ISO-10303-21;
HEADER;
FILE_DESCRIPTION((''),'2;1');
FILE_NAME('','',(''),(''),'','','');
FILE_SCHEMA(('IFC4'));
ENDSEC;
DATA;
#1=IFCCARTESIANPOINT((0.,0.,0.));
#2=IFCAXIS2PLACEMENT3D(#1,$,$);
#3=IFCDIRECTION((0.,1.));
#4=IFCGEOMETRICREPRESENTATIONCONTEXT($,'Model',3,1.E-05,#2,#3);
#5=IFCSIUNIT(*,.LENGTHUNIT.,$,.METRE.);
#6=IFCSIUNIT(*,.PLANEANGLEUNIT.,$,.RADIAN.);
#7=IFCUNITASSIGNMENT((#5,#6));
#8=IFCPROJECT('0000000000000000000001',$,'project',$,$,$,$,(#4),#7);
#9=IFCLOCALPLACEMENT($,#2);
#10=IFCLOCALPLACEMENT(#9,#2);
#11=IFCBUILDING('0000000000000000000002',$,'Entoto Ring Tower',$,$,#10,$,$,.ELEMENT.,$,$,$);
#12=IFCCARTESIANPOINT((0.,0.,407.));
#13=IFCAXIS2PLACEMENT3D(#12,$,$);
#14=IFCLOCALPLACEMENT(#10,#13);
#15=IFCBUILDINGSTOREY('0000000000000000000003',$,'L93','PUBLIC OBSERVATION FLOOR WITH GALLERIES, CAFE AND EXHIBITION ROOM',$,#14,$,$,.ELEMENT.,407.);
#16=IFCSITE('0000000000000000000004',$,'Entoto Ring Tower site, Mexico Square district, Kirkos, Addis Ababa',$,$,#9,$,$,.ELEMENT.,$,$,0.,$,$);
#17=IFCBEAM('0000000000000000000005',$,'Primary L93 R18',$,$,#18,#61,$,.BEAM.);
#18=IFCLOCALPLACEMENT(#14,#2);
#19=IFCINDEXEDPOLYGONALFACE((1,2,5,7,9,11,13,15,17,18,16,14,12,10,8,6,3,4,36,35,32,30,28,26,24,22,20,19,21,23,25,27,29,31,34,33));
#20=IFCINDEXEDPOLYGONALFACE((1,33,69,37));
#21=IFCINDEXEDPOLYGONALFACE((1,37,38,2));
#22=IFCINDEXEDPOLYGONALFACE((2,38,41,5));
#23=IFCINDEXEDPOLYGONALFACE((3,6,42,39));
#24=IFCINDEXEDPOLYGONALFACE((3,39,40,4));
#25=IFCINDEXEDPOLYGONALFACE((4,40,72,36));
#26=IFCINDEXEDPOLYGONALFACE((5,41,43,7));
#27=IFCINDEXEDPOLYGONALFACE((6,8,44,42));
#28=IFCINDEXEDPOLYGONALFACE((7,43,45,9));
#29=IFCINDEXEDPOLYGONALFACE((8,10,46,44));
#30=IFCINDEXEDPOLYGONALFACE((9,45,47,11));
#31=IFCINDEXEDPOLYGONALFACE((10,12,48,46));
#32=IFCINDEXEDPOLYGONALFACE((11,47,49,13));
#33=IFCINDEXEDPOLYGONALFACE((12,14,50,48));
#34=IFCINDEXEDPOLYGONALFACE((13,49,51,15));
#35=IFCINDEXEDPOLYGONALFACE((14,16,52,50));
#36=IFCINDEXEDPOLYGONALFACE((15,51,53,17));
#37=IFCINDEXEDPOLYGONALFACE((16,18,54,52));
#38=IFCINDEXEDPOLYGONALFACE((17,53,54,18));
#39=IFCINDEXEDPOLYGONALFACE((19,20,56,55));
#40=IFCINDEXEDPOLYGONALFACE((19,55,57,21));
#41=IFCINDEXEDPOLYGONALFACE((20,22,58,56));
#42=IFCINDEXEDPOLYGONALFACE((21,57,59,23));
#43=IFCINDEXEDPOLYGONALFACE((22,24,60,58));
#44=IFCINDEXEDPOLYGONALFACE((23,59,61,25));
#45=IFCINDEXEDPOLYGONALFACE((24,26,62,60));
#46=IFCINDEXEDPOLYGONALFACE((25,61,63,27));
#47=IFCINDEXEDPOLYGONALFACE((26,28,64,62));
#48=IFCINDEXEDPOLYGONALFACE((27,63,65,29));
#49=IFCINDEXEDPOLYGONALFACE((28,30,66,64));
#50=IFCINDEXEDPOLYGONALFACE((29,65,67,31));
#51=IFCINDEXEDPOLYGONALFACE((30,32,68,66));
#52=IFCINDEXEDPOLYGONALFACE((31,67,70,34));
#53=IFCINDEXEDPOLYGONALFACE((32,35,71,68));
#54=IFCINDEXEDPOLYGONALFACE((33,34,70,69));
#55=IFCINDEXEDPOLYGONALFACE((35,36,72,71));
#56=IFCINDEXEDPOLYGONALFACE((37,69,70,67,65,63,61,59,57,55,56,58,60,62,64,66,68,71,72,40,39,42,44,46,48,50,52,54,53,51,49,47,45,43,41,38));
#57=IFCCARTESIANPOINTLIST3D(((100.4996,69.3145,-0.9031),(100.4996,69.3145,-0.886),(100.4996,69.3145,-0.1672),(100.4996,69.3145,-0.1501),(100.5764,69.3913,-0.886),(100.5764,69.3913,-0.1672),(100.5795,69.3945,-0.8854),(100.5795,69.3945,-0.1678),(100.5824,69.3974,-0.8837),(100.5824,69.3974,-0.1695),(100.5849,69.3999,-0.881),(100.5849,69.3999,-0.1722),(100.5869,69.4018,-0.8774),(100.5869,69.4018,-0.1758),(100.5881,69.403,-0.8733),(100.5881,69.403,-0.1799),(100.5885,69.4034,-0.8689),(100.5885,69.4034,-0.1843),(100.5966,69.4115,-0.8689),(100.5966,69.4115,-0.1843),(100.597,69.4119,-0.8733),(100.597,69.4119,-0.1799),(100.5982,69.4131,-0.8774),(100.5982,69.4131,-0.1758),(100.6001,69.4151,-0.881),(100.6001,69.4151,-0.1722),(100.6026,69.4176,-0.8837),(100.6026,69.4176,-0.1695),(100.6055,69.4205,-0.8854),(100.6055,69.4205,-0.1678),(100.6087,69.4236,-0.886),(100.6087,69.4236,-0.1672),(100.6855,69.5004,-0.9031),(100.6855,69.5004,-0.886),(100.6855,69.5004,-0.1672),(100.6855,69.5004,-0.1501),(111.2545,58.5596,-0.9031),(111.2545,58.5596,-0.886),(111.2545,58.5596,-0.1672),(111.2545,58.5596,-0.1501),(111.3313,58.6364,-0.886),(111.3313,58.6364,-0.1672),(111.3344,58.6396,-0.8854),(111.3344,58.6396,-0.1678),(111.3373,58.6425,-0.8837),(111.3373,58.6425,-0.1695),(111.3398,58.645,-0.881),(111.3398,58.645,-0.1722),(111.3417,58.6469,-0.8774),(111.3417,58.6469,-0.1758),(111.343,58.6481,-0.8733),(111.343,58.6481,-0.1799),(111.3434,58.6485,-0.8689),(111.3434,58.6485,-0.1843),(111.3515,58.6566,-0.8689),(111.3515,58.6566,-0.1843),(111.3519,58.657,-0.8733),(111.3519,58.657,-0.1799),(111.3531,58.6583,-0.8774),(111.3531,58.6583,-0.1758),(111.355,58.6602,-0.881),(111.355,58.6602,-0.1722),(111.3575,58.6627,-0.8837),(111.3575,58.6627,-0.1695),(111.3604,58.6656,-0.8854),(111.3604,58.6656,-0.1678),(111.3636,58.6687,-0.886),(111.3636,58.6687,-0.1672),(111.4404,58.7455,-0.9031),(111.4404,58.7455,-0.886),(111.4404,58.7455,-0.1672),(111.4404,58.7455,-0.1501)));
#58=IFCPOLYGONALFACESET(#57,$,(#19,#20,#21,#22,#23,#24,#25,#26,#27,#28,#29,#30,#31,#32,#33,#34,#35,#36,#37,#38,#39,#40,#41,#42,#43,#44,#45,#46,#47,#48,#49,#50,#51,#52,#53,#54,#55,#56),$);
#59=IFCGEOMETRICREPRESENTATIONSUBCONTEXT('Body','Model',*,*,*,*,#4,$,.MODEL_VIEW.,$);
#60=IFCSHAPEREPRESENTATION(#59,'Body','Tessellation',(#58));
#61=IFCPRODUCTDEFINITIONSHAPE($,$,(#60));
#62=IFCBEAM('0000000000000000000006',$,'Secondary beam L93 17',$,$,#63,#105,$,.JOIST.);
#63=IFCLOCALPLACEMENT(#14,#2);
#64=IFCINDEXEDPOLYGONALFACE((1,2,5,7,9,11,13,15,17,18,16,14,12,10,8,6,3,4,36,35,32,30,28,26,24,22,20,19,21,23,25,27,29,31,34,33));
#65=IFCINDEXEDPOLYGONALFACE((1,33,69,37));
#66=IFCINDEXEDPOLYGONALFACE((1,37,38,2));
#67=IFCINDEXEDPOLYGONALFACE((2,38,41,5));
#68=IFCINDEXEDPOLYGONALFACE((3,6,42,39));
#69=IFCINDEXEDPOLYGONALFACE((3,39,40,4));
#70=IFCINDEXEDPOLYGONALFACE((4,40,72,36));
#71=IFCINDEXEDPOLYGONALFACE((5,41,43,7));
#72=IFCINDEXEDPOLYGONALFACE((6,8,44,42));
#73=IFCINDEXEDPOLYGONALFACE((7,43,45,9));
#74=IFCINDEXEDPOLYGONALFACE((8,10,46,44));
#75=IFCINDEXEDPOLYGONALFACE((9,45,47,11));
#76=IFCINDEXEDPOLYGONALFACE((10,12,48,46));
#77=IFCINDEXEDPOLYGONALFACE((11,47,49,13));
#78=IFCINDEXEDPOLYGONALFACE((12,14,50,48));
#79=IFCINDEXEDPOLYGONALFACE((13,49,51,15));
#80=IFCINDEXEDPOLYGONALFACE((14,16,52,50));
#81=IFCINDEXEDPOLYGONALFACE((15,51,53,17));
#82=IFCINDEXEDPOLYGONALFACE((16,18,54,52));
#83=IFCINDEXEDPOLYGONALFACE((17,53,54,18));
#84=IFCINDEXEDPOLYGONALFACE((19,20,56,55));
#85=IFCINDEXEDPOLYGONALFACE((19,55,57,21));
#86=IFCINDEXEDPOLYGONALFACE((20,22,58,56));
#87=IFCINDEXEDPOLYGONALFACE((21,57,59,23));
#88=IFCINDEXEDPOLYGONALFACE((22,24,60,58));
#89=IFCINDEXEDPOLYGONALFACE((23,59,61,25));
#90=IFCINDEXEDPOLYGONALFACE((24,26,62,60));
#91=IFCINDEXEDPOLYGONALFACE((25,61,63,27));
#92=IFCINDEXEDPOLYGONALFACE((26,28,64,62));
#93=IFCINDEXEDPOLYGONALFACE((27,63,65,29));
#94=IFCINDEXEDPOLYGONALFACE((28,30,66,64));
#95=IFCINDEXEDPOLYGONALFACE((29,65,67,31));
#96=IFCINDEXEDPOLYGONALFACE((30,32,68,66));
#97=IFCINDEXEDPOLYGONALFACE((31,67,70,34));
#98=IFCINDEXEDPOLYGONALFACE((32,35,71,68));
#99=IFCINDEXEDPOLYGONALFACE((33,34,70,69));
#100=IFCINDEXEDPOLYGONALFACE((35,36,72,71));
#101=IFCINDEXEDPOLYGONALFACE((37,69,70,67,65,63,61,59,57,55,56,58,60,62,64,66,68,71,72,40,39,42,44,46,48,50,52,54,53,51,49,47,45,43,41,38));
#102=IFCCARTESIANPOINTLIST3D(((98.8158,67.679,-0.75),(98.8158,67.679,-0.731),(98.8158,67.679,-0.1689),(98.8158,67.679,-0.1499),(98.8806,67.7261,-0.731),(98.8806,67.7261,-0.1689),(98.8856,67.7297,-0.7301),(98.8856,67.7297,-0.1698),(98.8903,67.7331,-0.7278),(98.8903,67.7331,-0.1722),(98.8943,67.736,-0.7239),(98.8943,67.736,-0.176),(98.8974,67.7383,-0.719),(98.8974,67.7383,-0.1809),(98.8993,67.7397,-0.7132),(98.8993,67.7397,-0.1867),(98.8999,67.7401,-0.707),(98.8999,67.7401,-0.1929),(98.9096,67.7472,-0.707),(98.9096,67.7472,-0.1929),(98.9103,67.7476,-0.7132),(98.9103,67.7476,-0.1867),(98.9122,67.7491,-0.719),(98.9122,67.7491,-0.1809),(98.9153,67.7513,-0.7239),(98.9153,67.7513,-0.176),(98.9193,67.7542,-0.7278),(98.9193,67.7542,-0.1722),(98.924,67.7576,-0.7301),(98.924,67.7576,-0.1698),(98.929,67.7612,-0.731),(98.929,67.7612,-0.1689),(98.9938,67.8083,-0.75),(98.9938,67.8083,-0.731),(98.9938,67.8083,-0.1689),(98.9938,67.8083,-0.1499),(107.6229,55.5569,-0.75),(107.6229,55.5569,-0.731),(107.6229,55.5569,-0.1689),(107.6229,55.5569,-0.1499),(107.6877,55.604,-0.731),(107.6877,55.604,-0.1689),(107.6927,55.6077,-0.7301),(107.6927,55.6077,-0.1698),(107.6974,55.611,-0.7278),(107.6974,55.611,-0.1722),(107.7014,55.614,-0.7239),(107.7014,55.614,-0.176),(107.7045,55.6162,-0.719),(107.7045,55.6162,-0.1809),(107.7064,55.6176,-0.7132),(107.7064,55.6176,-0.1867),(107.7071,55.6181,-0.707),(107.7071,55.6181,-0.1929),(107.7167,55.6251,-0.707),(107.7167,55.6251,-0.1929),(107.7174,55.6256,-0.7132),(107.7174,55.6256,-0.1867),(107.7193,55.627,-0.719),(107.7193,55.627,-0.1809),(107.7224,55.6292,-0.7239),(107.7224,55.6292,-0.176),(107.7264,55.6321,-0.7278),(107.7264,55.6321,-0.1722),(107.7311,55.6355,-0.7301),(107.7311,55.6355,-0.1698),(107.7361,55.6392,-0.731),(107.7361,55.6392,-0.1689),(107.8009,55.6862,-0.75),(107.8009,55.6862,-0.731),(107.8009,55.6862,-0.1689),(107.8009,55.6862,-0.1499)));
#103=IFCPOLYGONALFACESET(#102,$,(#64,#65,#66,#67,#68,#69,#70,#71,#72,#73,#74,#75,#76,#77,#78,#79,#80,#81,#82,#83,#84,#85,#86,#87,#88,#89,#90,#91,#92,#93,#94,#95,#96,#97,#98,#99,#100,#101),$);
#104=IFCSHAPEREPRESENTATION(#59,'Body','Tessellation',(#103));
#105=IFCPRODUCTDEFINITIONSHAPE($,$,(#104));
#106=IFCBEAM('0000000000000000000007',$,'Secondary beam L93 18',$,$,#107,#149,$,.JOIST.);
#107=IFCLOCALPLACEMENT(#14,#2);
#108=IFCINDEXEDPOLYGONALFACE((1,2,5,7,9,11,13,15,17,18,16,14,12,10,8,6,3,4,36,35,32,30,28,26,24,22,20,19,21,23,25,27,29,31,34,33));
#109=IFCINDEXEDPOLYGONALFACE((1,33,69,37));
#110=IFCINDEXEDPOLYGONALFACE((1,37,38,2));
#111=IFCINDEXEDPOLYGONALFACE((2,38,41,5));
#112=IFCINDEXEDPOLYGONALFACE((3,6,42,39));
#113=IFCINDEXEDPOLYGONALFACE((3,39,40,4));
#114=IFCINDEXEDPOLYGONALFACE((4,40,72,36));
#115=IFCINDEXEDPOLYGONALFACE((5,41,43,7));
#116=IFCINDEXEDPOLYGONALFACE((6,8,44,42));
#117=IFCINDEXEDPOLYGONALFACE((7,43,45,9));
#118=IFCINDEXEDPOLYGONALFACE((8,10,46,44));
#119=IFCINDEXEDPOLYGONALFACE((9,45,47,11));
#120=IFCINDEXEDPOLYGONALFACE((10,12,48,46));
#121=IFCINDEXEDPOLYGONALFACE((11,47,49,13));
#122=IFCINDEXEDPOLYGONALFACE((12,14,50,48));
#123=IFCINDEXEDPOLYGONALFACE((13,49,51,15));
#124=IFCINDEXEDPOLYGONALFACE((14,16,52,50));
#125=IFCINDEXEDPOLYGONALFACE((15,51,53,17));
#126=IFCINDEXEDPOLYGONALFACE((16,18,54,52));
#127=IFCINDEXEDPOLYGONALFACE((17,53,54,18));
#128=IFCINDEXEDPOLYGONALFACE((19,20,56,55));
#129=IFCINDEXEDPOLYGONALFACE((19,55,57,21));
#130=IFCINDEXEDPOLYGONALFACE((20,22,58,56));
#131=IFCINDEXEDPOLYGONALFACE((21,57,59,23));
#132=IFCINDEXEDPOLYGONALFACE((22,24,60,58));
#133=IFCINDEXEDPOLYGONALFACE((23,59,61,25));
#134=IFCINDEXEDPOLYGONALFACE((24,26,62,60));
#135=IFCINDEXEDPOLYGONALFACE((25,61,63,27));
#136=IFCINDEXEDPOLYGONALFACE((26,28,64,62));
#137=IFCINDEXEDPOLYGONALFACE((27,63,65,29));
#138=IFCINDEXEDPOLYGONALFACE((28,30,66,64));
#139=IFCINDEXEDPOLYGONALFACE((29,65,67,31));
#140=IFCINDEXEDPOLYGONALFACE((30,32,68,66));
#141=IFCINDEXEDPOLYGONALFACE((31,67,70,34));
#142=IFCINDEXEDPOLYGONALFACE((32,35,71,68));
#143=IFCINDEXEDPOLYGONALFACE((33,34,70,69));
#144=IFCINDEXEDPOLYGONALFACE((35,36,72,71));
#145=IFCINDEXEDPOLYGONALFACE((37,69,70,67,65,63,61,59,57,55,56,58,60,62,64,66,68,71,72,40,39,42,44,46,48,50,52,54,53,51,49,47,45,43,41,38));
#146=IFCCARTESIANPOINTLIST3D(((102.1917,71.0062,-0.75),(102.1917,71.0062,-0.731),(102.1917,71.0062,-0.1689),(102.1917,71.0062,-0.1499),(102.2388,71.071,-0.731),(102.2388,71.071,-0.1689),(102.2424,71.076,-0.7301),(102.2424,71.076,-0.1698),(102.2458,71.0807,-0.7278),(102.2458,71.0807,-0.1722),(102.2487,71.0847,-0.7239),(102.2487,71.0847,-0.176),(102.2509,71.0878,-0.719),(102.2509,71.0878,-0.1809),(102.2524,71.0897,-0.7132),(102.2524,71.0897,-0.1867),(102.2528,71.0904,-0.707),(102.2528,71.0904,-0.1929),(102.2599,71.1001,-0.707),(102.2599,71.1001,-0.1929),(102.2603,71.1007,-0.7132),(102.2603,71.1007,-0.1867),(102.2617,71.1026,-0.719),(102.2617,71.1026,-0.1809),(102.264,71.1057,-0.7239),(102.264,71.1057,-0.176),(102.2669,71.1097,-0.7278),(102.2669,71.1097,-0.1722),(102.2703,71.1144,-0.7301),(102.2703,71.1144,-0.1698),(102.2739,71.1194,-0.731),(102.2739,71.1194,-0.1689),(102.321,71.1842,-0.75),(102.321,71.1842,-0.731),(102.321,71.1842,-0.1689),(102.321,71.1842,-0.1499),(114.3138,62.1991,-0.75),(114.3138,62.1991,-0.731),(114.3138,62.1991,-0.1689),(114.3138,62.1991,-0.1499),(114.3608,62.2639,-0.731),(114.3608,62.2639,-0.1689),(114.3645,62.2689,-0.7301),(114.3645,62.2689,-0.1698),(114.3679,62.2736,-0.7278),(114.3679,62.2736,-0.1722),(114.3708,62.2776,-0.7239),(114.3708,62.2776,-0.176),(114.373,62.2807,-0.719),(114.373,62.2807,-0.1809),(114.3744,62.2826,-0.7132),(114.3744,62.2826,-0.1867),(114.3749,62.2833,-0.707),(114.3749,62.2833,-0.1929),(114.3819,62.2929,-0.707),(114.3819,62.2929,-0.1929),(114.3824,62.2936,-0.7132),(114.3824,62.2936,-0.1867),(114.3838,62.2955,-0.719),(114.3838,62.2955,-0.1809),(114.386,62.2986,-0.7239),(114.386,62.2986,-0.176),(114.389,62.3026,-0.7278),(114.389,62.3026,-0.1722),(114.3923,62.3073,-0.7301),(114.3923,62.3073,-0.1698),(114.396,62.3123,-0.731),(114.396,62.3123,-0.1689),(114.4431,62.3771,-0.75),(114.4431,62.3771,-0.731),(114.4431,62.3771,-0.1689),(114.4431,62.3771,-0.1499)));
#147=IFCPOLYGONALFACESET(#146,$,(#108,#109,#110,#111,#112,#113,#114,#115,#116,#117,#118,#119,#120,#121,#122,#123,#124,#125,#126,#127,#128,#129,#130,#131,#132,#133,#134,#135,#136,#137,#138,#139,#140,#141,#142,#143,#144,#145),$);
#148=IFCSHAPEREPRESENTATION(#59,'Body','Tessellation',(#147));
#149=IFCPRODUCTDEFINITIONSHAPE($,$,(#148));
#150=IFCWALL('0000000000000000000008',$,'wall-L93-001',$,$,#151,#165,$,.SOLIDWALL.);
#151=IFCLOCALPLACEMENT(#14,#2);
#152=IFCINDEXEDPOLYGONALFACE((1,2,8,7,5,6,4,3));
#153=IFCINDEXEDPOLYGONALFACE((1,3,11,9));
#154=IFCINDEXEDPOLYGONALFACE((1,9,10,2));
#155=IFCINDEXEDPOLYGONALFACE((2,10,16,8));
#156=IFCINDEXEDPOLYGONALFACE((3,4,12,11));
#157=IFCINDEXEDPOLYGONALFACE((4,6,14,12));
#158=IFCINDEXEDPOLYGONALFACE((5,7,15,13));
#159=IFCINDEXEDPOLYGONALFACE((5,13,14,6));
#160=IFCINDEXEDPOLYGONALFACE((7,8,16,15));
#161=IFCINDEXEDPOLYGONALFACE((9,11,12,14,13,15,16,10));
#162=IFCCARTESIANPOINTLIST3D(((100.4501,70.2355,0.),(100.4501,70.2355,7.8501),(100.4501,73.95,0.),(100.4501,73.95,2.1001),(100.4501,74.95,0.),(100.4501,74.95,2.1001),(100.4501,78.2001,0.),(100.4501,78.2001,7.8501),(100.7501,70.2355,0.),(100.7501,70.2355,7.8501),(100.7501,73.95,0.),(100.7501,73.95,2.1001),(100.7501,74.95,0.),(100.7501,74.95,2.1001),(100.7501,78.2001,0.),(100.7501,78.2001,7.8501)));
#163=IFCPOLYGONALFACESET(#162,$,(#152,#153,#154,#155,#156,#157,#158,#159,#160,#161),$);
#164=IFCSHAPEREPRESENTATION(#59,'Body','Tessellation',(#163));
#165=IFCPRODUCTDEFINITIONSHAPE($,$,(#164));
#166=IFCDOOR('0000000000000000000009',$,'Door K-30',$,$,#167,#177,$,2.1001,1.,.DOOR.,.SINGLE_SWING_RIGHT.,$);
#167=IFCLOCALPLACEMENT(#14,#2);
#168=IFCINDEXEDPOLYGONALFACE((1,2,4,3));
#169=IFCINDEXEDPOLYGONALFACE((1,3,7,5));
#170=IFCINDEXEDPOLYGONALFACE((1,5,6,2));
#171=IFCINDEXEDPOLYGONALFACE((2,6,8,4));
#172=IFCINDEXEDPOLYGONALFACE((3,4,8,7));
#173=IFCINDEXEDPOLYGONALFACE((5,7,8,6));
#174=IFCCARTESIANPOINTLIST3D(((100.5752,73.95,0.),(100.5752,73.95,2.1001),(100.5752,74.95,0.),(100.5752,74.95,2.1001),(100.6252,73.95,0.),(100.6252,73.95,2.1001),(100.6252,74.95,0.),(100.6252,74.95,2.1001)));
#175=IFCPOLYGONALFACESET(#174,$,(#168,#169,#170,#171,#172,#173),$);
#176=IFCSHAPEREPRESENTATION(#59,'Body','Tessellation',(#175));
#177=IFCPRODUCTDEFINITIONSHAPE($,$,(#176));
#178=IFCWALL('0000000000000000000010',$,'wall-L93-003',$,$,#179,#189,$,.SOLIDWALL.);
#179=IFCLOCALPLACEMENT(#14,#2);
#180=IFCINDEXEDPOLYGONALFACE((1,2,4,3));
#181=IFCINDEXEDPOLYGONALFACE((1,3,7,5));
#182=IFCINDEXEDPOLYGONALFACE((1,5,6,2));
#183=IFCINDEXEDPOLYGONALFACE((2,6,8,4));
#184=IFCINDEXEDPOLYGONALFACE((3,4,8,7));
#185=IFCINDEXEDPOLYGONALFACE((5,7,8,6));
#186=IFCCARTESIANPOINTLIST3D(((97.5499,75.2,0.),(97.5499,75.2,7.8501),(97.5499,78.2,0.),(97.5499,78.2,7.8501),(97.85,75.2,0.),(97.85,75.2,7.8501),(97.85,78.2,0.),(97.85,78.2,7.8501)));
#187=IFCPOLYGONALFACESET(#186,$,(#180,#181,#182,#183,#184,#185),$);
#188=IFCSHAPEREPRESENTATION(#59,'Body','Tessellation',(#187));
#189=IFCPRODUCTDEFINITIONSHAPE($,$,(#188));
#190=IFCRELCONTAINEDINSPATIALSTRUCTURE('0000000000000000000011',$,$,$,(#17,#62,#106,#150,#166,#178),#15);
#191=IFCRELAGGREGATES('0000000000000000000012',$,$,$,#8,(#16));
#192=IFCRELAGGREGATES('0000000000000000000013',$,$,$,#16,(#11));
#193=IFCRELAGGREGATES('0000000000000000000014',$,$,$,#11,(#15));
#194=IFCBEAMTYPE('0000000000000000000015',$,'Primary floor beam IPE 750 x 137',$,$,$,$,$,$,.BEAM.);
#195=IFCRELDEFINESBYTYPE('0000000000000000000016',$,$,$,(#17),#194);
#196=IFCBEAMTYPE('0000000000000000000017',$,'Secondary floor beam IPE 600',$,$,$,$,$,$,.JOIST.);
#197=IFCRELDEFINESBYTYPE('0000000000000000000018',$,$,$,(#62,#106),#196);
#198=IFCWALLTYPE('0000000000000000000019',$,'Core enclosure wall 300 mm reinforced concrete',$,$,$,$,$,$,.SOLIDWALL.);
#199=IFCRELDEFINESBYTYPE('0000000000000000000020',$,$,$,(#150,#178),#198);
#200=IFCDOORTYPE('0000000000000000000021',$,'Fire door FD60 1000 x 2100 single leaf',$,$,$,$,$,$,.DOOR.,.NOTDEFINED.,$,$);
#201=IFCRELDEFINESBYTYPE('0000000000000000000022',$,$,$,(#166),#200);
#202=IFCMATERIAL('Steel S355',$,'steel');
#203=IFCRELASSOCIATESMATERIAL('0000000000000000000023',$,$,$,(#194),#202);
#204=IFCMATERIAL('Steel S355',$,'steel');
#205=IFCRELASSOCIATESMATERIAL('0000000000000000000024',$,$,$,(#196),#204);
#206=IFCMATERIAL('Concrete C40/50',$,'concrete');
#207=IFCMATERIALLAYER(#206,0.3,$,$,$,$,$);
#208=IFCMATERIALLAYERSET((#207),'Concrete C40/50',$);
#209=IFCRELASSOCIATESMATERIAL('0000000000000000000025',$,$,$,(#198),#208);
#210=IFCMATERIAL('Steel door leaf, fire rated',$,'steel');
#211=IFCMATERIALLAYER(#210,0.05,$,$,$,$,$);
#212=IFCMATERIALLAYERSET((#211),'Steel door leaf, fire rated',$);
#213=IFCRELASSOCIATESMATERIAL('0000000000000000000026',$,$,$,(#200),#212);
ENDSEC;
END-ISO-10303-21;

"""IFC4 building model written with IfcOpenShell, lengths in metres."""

from ifc_helpers import new_model, si_unit, direction, frame, frame_2d, origin, origin_2d, place, context, subcontext, project, spatial, rectangle, i_section, extrude, material, layer, layer_set, material_profile, profile_set, type_object, element, fill, save


model = new_model("IFC4")

# Units and contexts
model_context = context("Model", 3, precision=1e-05, world=origin(), true_north=direction((0.0, 1.0)))
body_context = subcontext(model_context, "Body", "Model", "MODEL_VIEW")
ifc_project = project(units=[si_unit("LENGTHUNIT", "METRE"), si_unit("PLANEANGLEUNIT", "RADIAN")], contexts=[model_context])

# Site, building, storey
site_placement = place(None, origin())
site = spatial("IfcSite", under=ifc_project, at=site_placement, Name="Entoto Ring Tower site, Mexico Square district, Kirkos, Addis Ababa", CompositionType="ELEMENT", RefElevation=0.0)
building_placement = place(site_placement, origin())
building = spatial("IfcBuilding", under=site, at=building_placement, Name="Entoto Ring Tower", CompositionType="ELEMENT")
storey_placement = place(building_placement, frame((0.0, 0.0, 407.0)))
storey = spatial("IfcBuildingStorey", under=building, at=storey_placement, Name="L93", Description="PUBLIC OBSERVATION FLOOR WITH GALLERIES, CAFE AND EXHIBITION ROOM", CompositionType="ELEMENT", Elevation=407.0)

# Beams
ifc_material_1 = material(Name="Steel S355", Category="steel")
ifc_material_profile_1 = material_profile(ifc_material_1, i_section(OverallWidth=0.2629, OverallDepth=0.7529, WebThickness=0.0115, FlangeThickness=0.0171, FilletRadius=0.0171, at=origin_2d()), Name="IPE 750 x 137")
ifc_profile_set_1 = profile_set([ifc_material_profile_1], Name="Steel S355")
beam_type_1 = type_object("IfcBeamType", Name="Primary floor beam IPE 750 x 137", PredefinedType="BEAM", material=ifc_profile_set_1)
beam_placement = place(storey_placement, frame((100.5925, 69.4075, -0.5266), z_axis=(0.707107, -0.707107, 0.0), x_axis=(0.707107, 0.707107, 0.0)))
element("IfcBeam", 1, at=beam_placement, inside=storey, type_object=beam_type_1, Name="Primary L93 R18", PredefinedType="BEAM", context=body_context, shape_type="SweptSolid", body=[
    extrude(i_section(OverallWidth=0.2629, OverallDepth=0.7529, WebThickness=0.0115, FlangeThickness=0.0171, FilletRadius=0.0171, at=origin_2d()), origin(), (0.0, 0.0, 1.0), 15.2097),
])
ifc_material_2 = material(Name="Steel S355", Category="steel")
ifc_material_profile_2 = material_profile(ifc_material_2, i_section(OverallWidth=0.22, OverallDepth=0.6001, WebThickness=0.012, FlangeThickness=0.019, FilletRadius=0.0239, at=origin_2d()), Name="IPE 600")
ifc_profile_set_2 = profile_set([ifc_material_profile_2], Name="Steel S355")
beam_type_2 = type_object("IfcBeamType", Name="Secondary floor beam IPE 600", PredefinedType="JOIST", material=ifc_profile_set_2)
for number, where, z_axis, x_axis, name in (
    (2, (98.9048, 67.7437, -0.45), (0.587782, -0.809019, 0.0), (0.809019, 0.587782, 0.0), "Secondary beam L93 17"),
    (3, (102.2563, 71.0952, -0.45), (0.809019, -0.587782, 0.0), (0.587782, 0.809019, 0.0), "Secondary beam L93 18"),
):
    element("IfcBeam", number, at=place(storey_placement, frame(where, z_axis=z_axis, x_axis=x_axis)), inside=storey, type_object=beam_type_2, Name=name, PredefinedType="JOIST", context=body_context, shape_type="SweptSolid", body=[
        extrude(i_section(OverallWidth=0.22, OverallDepth=0.6001, WebThickness=0.012, FlangeThickness=0.019, FilletRadius=0.0239, at=origin_2d()), origin(), (0.0, 0.0, 1.0), 14.9836),
    ])

# Wall, opening, door
ifc_material_3 = material(Name="Concrete C40/50", Category="concrete")
ifc_layer_1 = layer(ifc_material_3, 0.3)
ifc_layer_set_1 = layer_set([ifc_layer_1], Name="Concrete C40/50")
wall_type = type_object("IfcWallType", Name="Core enclosure wall 300 mm reinforced concrete", PredefinedType="SOLIDWALL", material=ifc_layer_set_1)
wall_1_placement = place(storey_placement, frame((100.6001, 70.2354, 0.0), z_axis=(0.0, 0.0, 1.0), x_axis=(0.0, 1.0, 0.0)))
wall_1 = element("IfcWall", 4, at=wall_1_placement, inside=storey, type_object=wall_type, Name="wall-L93-001", PredefinedType="SOLIDWALL", context=body_context, shape_type="SweptSolid", body=[
    extrude(rectangle(XDim=7.9646, YDim=0.3, at=frame_2d((3.9824, 0.0))), origin(), (0.0, 0.0, 1.0), 7.8501),
])
opening_1_placement = place(wall_1_placement, frame((3.7146, 0.0, 0.0)))
opening_1 = element("IfcOpeningElement", 5, at=opening_1_placement, cuts=wall_1, PredefinedType="OPENING", context=body_context, shape_type="SweptSolid", body=[
    extrude(rectangle(XDim=1.0, YDim=2.1001, at=frame_2d((0.5, 1.05))), frame((0.0, 0.1602, 0.0), z_axis=(0.0, -1.0, 0.0), x_axis=(1.0, 0.0, 0.0)), (0.0, 0.0, 1.0), 0.3201),
])
ifc_material_4 = material(Name="Steel door leaf, fire rated", Category="steel")
ifc_layer_2 = layer(ifc_material_4, 0.05)
ifc_layer_set_2 = layer_set([ifc_layer_2], Name="Steel door leaf, fire rated")
door_type_1 = type_object("IfcDoorType", Name="Fire door FD60 1000 x 2100 single leaf", OperationType="NOTDEFINED", PredefinedType="DOOR", material=ifc_layer_set_2)
door_1_placement = place(opening_1_placement, origin())
door_1 = element("IfcDoor", 6, at=door_1_placement, inside=storey, type_object=door_type_1, Name="Door K-30", OperationType="SINGLE_SWING_RIGHT", OverallHeight=2.1001, OverallWidth=1.0, PredefinedType="DOOR", context=body_context, shape_type="SweptSolid", body=[
    extrude(rectangle(XDim=1.0, YDim=2.1001, at=frame_2d((0.5, 1.05))), frame((0.0, 0.0249, 0.0), z_axis=(0.0, -1.0, 0.0), x_axis=(1.0, 0.0, 0.0)), (0.0, 0.0, 1.0), 0.05),
])
fill(opening_1, door_1)

# Wall
wall_2_placement = place(storey_placement, frame((97.7, 75.2, 0.0), z_axis=(0.0, 0.0, 1.0), x_axis=(0.0, 1.0, 0.0)))
element("IfcWall", 7, at=wall_2_placement, inside=storey, type_object=wall_type, Name="wall-L93-003", PredefinedType="SOLIDWALL", context=body_context, shape_type="SweptSolid", body=[
    extrude(rectangle(XDim=3.0, YDim=0.3, at=frame_2d((1.5, 0.0))), origin(), (0.0, 0.0, 1.0), 7.8501),
])

save(model, "model.ifc")
